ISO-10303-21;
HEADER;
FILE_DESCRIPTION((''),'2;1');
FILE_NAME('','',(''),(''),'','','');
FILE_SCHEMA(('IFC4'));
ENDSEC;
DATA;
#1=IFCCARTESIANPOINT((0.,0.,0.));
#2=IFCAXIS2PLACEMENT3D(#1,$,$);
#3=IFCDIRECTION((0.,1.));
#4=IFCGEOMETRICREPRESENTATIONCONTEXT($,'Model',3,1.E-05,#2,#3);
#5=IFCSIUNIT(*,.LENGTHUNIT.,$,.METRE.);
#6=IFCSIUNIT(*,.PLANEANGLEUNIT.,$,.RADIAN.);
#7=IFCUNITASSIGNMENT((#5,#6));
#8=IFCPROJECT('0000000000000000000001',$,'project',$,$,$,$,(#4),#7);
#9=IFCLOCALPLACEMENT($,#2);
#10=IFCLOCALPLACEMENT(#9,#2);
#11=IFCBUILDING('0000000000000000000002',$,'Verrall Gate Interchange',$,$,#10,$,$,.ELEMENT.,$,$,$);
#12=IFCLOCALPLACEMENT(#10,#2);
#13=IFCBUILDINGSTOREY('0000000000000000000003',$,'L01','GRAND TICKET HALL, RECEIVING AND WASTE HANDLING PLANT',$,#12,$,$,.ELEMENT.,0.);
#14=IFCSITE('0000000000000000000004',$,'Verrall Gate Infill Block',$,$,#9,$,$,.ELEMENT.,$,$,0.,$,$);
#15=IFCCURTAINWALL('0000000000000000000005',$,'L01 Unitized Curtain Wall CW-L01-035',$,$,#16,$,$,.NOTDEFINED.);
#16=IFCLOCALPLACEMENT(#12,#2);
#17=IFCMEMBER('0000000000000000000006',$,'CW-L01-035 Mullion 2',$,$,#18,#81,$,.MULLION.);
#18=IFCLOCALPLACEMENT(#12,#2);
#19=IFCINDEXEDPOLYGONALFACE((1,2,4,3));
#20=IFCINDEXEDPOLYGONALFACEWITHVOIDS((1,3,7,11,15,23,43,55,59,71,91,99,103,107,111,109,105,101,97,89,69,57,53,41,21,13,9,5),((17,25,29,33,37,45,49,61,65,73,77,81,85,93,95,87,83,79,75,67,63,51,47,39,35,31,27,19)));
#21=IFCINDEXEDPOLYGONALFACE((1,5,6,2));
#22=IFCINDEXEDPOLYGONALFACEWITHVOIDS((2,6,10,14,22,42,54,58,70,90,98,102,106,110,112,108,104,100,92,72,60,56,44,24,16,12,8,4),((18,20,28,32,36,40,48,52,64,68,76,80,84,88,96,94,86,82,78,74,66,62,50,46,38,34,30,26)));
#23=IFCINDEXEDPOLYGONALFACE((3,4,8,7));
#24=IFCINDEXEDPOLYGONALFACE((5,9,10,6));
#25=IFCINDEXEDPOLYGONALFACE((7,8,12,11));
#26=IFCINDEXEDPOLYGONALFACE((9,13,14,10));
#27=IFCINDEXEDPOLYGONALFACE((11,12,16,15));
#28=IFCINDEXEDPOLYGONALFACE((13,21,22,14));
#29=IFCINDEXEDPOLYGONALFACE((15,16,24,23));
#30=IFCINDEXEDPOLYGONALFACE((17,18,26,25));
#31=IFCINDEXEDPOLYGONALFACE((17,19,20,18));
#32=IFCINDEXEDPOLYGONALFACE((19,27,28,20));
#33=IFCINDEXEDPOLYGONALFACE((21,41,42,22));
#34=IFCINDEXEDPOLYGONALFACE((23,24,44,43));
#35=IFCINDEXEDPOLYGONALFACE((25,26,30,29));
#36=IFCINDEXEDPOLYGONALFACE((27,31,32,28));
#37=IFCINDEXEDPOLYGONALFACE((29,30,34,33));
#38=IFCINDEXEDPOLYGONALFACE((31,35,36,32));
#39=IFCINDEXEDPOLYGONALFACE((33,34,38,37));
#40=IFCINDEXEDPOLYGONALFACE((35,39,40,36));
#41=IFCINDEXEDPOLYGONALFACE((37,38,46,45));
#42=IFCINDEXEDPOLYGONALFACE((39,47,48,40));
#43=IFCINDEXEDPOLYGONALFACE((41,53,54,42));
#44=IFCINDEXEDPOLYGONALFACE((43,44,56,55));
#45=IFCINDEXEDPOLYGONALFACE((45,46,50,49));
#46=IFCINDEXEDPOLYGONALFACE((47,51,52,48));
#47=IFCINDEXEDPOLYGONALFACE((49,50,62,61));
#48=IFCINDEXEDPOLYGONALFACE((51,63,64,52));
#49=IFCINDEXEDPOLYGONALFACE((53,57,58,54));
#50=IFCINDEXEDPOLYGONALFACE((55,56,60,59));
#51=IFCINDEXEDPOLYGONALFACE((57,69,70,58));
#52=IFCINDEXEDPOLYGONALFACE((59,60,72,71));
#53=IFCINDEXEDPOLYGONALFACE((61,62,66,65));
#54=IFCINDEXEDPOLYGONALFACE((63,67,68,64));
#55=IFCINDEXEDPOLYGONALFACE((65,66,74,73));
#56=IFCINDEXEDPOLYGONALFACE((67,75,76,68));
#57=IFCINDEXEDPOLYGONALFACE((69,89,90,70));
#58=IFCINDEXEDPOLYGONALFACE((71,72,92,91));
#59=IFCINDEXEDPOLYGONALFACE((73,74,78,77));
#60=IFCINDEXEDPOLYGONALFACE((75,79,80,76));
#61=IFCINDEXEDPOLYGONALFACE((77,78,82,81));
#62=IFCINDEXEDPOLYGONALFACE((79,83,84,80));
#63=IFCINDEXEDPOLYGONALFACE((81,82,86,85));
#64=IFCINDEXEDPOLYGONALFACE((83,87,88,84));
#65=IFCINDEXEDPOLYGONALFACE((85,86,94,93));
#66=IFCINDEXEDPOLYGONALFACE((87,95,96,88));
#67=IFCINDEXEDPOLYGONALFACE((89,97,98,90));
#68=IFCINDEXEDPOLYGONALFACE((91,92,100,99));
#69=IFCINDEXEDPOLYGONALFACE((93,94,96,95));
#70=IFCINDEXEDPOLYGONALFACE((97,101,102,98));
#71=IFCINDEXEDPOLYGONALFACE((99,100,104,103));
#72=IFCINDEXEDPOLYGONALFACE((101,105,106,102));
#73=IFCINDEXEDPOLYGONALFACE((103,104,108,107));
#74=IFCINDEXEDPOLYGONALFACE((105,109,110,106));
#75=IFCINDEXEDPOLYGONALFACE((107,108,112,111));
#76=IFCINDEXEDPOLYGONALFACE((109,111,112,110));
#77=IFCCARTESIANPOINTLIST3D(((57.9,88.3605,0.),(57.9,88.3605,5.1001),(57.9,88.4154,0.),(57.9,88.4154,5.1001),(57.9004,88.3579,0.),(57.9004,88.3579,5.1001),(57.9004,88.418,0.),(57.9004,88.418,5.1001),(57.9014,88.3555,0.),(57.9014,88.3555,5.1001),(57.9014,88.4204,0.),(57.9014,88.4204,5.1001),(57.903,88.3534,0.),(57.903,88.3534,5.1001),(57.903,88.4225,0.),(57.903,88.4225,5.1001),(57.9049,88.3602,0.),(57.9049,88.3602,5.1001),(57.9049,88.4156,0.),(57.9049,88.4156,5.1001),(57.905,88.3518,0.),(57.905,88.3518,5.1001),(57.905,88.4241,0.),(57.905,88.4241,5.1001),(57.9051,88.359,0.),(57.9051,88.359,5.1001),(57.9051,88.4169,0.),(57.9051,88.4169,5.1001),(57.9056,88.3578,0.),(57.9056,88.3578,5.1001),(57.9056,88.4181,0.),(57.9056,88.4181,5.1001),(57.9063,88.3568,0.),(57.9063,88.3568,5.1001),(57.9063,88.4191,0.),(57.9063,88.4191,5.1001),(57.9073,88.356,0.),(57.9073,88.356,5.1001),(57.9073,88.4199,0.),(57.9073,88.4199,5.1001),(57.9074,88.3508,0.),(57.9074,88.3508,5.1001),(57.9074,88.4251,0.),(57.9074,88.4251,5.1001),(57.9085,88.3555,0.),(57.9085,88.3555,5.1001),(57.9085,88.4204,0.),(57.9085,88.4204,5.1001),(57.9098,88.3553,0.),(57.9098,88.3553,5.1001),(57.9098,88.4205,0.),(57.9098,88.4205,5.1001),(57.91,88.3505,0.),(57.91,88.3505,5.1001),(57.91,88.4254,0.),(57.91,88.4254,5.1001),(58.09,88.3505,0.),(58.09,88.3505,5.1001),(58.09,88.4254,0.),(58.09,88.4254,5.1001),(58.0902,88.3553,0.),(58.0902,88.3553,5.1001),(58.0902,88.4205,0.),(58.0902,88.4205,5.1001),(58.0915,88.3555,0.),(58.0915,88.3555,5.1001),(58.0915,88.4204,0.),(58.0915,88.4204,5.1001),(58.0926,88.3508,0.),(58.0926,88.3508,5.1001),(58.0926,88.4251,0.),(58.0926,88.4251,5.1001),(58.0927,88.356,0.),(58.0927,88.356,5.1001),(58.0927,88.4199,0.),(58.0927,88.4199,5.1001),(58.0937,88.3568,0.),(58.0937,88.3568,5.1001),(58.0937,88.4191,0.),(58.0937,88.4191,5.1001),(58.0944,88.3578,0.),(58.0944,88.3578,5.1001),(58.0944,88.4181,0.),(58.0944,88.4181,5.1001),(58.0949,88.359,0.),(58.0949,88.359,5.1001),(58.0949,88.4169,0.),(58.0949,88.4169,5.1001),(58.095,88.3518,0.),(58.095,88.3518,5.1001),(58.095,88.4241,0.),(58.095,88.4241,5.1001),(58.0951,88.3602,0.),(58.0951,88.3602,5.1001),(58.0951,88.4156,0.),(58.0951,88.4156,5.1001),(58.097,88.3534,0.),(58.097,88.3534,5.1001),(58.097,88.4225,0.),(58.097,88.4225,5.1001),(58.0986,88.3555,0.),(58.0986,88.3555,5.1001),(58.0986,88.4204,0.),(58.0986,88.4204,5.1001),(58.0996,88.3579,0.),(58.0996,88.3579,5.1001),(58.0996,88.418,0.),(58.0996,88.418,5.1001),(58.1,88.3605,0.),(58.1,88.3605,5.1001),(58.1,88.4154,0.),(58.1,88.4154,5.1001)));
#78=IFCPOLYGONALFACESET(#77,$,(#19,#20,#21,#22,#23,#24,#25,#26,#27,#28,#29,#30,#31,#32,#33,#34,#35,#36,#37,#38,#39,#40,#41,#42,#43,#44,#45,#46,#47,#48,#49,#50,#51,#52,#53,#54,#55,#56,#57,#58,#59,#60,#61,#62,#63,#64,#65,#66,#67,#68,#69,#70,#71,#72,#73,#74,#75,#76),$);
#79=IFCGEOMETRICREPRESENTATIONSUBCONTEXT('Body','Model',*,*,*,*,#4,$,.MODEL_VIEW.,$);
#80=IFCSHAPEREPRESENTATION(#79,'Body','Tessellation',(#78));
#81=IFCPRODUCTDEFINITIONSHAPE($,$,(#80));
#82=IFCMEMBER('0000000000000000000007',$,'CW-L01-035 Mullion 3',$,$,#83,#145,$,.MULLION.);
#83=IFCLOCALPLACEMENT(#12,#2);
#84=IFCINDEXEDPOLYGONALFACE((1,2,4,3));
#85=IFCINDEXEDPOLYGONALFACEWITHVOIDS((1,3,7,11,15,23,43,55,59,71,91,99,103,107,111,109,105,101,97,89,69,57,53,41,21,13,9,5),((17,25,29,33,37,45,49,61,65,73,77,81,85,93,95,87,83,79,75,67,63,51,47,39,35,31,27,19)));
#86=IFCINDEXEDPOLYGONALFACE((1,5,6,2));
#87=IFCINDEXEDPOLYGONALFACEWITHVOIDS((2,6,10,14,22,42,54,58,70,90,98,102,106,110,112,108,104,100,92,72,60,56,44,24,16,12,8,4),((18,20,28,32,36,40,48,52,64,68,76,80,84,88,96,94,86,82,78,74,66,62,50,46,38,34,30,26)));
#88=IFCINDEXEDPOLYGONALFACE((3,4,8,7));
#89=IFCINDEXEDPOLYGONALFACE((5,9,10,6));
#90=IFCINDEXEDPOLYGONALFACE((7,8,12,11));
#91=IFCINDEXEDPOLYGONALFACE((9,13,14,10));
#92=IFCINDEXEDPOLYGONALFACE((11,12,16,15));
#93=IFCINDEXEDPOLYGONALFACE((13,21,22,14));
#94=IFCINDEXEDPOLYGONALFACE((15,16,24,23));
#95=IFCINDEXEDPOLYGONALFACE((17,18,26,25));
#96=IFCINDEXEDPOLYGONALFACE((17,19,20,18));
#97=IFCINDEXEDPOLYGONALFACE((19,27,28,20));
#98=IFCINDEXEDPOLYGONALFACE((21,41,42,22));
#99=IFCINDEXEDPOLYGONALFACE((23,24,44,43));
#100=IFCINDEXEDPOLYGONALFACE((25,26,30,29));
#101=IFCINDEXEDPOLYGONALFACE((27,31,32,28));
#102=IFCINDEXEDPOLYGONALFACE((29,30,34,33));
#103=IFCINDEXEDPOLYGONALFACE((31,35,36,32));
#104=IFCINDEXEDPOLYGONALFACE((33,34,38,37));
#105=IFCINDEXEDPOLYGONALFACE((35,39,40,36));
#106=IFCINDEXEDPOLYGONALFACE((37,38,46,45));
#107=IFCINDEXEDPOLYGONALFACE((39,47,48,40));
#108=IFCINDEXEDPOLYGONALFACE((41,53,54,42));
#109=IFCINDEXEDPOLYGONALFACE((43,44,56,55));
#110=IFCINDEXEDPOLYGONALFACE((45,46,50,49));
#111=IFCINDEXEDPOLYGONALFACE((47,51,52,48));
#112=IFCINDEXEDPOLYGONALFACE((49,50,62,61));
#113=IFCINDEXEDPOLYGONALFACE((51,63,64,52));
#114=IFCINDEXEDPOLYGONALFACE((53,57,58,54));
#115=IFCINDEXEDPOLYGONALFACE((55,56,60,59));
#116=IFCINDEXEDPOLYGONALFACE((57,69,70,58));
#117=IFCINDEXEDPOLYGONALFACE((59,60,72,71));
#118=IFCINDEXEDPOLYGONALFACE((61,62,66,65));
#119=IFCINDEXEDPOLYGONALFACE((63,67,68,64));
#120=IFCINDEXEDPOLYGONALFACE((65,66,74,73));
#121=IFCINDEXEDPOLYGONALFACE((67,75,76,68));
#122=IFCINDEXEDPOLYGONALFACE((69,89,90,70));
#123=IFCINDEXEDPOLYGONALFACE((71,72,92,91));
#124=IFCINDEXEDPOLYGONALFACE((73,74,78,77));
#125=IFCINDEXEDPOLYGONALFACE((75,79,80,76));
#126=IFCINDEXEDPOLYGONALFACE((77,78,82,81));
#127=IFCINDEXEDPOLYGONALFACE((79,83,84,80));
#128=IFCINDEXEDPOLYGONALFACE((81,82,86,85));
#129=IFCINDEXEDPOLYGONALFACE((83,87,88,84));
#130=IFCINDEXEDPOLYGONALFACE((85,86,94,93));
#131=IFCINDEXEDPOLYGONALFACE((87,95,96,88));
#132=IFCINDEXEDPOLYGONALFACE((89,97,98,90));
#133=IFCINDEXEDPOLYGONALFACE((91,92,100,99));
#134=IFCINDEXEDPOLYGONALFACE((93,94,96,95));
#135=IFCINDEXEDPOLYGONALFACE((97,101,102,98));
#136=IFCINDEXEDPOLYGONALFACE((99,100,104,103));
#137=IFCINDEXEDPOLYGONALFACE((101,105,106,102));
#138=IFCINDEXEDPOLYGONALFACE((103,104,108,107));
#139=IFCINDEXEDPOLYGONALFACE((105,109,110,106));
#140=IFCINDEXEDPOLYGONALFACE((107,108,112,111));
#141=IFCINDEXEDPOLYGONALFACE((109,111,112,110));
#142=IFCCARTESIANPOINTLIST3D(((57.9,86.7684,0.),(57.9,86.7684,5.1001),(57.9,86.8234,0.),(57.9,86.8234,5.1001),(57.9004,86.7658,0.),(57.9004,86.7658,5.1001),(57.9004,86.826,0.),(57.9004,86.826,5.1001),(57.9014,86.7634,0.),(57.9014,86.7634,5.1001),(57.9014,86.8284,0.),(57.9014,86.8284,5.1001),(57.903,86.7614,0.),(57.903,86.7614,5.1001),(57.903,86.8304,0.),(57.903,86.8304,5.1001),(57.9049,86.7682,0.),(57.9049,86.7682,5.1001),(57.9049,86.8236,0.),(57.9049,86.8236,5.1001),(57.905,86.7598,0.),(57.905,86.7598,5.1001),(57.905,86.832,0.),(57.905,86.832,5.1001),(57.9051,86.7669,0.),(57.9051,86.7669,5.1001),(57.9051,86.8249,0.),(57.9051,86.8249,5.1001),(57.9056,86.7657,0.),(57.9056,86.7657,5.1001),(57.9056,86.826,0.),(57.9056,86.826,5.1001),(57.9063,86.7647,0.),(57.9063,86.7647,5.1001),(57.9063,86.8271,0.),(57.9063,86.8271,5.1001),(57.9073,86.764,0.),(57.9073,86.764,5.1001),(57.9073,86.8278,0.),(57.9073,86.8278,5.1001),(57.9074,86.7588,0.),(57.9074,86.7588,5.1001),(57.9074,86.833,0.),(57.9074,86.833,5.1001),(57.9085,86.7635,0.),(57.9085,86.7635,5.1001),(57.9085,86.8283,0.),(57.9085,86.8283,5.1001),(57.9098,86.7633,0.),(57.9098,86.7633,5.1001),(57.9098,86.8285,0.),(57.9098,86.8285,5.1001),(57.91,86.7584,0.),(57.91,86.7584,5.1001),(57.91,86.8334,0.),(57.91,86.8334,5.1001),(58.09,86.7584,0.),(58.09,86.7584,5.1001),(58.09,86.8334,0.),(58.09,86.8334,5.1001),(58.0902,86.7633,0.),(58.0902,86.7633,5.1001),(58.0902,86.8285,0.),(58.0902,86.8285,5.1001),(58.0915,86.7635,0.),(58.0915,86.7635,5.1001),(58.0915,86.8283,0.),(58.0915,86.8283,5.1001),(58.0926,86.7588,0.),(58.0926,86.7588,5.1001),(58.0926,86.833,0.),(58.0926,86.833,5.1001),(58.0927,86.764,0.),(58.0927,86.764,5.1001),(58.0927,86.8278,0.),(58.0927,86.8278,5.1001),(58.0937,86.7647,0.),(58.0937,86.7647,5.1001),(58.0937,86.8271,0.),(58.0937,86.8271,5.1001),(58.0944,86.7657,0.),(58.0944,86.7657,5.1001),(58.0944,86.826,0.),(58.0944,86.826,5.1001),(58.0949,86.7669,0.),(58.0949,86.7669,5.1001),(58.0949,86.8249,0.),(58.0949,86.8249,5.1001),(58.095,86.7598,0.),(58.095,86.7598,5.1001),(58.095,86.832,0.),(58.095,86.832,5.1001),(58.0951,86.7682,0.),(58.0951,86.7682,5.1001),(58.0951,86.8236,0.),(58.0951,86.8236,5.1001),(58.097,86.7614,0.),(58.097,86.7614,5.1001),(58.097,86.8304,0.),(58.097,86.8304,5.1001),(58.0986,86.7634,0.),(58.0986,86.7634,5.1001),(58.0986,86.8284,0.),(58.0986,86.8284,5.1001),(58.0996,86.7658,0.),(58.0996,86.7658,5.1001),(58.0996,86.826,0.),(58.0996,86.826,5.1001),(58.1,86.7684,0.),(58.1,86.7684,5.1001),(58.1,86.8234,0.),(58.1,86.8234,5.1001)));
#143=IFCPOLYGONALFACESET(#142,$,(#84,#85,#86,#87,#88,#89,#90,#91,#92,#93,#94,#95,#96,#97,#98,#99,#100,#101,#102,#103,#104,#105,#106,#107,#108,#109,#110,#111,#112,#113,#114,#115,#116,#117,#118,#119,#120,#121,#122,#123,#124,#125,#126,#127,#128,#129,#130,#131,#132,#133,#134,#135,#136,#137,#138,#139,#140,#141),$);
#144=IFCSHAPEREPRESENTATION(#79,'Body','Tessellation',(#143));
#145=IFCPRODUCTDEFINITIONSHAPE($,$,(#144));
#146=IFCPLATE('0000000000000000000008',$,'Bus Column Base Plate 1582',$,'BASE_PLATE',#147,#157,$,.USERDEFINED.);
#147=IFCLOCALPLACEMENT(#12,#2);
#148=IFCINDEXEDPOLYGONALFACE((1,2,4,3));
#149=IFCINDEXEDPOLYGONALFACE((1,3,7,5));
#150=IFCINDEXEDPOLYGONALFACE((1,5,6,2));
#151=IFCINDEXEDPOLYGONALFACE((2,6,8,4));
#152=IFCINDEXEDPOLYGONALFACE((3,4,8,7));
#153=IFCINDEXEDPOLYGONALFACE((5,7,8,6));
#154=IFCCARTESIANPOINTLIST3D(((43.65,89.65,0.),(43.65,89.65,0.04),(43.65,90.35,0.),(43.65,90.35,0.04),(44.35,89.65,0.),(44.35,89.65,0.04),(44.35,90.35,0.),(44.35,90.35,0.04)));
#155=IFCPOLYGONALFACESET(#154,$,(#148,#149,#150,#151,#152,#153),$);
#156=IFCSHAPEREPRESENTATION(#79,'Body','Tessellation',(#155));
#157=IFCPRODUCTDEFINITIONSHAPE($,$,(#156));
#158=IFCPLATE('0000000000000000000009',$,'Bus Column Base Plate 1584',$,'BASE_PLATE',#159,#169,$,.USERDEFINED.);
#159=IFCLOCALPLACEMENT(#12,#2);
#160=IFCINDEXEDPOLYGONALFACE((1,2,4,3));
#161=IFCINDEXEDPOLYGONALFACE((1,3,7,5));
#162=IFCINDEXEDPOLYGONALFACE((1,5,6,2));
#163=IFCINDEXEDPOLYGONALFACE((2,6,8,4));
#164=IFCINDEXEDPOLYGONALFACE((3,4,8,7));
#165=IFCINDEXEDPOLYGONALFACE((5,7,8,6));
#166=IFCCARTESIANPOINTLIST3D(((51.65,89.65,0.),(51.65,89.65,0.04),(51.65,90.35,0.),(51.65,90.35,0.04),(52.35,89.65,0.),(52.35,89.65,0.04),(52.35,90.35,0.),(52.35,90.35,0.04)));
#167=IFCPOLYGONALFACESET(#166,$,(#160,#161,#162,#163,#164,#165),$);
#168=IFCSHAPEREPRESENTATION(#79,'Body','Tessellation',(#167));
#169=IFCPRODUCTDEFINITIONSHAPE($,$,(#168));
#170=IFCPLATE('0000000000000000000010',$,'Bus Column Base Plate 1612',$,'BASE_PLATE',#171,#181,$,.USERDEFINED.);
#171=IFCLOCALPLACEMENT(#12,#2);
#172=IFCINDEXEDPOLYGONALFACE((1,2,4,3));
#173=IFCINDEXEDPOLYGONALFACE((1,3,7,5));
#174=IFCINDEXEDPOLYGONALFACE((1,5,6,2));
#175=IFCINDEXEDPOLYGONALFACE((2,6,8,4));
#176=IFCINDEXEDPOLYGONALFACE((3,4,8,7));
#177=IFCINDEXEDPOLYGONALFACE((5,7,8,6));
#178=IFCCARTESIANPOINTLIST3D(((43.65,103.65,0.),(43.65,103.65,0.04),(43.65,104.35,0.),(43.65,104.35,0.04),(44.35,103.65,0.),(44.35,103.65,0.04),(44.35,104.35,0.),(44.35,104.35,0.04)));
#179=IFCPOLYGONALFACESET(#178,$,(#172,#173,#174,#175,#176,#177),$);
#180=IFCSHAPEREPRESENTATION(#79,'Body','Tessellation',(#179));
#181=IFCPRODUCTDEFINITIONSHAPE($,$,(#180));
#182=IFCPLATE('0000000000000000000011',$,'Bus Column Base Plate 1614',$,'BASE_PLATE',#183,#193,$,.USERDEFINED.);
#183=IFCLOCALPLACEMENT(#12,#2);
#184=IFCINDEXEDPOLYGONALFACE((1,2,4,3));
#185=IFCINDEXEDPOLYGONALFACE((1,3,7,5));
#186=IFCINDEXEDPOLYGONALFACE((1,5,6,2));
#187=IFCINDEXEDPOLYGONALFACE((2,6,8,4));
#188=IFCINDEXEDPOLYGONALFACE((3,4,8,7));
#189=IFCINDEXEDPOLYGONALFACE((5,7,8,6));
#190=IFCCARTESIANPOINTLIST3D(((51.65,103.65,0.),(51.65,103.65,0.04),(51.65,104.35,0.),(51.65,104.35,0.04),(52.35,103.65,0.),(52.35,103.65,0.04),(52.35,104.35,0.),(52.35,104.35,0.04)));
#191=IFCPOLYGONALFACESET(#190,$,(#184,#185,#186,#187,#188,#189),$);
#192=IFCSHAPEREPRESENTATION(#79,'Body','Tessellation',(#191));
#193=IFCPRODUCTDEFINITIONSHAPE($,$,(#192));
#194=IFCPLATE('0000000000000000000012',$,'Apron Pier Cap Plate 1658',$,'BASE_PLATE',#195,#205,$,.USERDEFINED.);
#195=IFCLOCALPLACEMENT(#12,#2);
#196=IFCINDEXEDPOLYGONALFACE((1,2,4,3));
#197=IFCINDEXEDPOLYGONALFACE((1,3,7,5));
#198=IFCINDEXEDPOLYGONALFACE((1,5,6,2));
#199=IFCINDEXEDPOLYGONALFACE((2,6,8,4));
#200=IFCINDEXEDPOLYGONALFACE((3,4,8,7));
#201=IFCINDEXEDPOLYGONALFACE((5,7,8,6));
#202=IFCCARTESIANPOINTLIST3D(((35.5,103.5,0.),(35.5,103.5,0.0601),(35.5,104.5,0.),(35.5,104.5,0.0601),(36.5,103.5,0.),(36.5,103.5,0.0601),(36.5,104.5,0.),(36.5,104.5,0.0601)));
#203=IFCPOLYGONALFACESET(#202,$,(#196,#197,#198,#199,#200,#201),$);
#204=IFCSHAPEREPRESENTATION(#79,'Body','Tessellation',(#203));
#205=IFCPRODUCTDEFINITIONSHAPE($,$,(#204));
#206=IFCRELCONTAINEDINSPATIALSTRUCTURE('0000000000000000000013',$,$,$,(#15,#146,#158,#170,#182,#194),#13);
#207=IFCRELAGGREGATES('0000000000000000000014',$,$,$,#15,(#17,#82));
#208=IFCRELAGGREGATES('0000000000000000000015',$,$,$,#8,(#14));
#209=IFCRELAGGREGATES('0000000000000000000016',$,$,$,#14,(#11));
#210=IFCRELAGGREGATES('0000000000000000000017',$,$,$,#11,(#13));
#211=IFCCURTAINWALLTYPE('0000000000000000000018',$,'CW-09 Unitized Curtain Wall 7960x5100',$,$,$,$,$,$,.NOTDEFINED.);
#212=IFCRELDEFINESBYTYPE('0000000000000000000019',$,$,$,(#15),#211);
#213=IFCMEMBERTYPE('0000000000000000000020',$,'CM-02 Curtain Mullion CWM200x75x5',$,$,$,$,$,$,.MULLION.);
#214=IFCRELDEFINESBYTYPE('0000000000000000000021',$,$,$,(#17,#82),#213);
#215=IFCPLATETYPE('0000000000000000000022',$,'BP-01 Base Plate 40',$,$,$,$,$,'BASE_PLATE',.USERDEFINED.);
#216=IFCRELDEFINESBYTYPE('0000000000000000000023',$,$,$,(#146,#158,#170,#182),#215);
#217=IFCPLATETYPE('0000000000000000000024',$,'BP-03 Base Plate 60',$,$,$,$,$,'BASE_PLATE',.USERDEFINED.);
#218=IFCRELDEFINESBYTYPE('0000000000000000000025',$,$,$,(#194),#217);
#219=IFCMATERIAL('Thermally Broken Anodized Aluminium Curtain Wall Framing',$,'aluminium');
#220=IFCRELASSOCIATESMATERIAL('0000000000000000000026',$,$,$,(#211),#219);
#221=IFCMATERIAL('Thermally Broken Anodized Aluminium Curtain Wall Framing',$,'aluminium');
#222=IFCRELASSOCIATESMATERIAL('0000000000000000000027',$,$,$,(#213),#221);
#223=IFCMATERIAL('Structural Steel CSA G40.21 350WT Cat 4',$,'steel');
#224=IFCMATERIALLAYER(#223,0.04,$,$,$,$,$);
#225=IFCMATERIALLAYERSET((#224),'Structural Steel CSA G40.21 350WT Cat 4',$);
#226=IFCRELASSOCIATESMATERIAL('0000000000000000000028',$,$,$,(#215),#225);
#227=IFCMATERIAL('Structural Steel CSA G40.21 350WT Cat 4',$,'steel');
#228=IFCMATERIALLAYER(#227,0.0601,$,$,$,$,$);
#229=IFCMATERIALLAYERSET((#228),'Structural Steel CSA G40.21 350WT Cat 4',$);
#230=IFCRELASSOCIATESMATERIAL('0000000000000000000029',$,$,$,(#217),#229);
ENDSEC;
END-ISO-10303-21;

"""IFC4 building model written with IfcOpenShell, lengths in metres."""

from ifc_helpers import new_model, si_unit, direction, frame, origin, origin_2d, place, context, subcontext, project, spatial, rectangle, hollow_rectangle, extrude, material, layer, layer_set, material_profile, profile_set, type_object, element, aggregate, save


model = new_model("IFC4")

# Units and contexts
model_context = context("Model", 3, precision=1e-05, world=origin(), true_north=direction((0.0, 1.0)))
body_context = subcontext(model_context, "Body", "Model", "MODEL_VIEW")
ifc_project = project(units=[si_unit("LENGTHUNIT", "METRE"), si_unit("PLANEANGLEUNIT", "RADIAN")], contexts=[model_context])

# Site, building, storey
site_placement = place(None, origin())
site = spatial("IfcSite", under=ifc_project, at=site_placement, Name="Verrall Gate Infill Block", CompositionType="ELEMENT", RefElevation=0.0)
building_placement = place(site_placement, origin())
building = spatial("IfcBuilding", under=site, at=building_placement, Name="Verrall Gate Interchange", CompositionType="ELEMENT")
storey_placement = place(building_placement, origin())
storey = spatial("IfcBuildingStorey", under=building, at=storey_placement, Name="L01", Description="GRAND TICKET HALL, RECEIVING AND WASTE HANDLING PLANT", CompositionType="ELEMENT", Elevation=0.0)

# Curtain wall, members
ifc_material_1 = material(Name="Thermally Broken Anodized Aluminium Curtain Wall Framing", Category="aluminium")
curtain_wall_type = type_object("IfcCurtainWallType", Name="CW-09 Unitized Curtain Wall 7960x5100", PredefinedType="NOTDEFINED", material=ifc_material_1)
curtain_wall_placement = place(storey_placement, origin())
curtain_wall = element("IfcCurtainWall", 1, at=curtain_wall_placement, inside=storey, type_object=curtain_wall_type, Name="L01 Unitized Curtain Wall CW-L01-035", PredefinedType="NOTDEFINED")
ifc_material_2 = material(Name="Thermally Broken Anodized Aluminium Curtain Wall Framing", Category="aluminium")
ifc_material_profile_1 = material_profile(ifc_material_2, hollow_rectangle(XDim=0.075, YDim=0.2, WallThickness=0.0049, InnerFilletRadius=0.0049, OuterFilletRadius=0.01, at=origin_2d()), Name="CWM200x75x5")
ifc_profile_set_1 = profile_set([ifc_material_profile_1], Name="Thermally Broken Anodized Aluminium Curtain Wall Framing")
member_type = type_object("IfcMemberType", Name="CM-02 Curtain Mullion CWM200x75x5", PredefinedType="MULLION", material=ifc_profile_set_1)
member_1_placement = place(storey_placement, frame((58.0, 88.3879, 0.0), z_axis=(0.0, 0.0, 1.0), x_axis=(0.0, -1.0, 0.0)))
member_1 = element("IfcMember", 2, at=member_1_placement, type_object=member_type, Name="CW-L01-035 Mullion 2", PredefinedType="MULLION", context=body_context, shape_type="SweptSolid", body=[
    extrude(hollow_rectangle(XDim=0.075, YDim=0.2, WallThickness=0.0049, InnerFilletRadius=0.0049, OuterFilletRadius=0.01, at=origin_2d()), origin(), (0.0, 0.0, 1.0), 5.1001),
])
member_2_placement = place(storey_placement, frame((58.0, 86.7959, 0.0), z_axis=(0.0, 0.0, 1.0), x_axis=(0.0, -1.0, 0.0)))
member_2 = element("IfcMember", 3, at=member_2_placement, type_object=member_type, Name="CW-L01-035 Mullion 3", PredefinedType="MULLION", context=body_context, shape_type="SweptSolid", body=[
    extrude(hollow_rectangle(XDim=0.075, YDim=0.2, WallThickness=0.0049, InnerFilletRadius=0.0049, OuterFilletRadius=0.01, at=origin_2d()), origin(), (0.0, 0.0, 1.0), 5.1001),
])

# Plates
ifc_material_3 = material(Name="Structural Steel CSA G40.21 350WT Cat 4", Category="steel")
ifc_layer_1 = layer(ifc_material_3, 0.04)
ifc_layer_set_1 = layer_set([ifc_layer_1], Name="Structural Steel CSA G40.21 350WT Cat 4")
plate_type_1 = type_object("IfcPlateType", Name="BP-01 Base Plate 40", ElementType="BASE_PLATE", PredefinedType="USERDEFINED", material=ifc_layer_set_1)
for number, where, z_axis, x_axis, name in (
    (4, (44.0, 90.0, 0.0), (0.0, 0.0, 1.0), (1.0, 0.0, 0.0), "Bus Column Base Plate 1582"),
    (5, (52.0, 90.0, 0.0), (0.0, 0.0, 1.0), (1.0, 0.0, 0.0), "Bus Column Base Plate 1584"),
    (6, (44.0, 104.0, 0.0), (0.0, 0.0, 1.0), (1.0, 0.0, 0.0), "Bus Column Base Plate 1612"),
    (7, (52.0, 104.0, 0.0), (0.0, 0.0, 1.0), (1.0, 0.0, 0.0), "Bus Column Base Plate 1614"),
):
    element("IfcPlate", number, at=place(storey_placement, frame(where, z_axis=z_axis, x_axis=x_axis)), inside=storey, type_object=plate_type_1, Name=name, ObjectType="BASE_PLATE", PredefinedType="USERDEFINED", context=body_context, shape_type="SweptSolid", body=[
        extrude(rectangle(XDim=0.7, YDim=0.7, at=origin_2d()), origin(), (0.0, 0.0, 1.0), 0.04),
    ])
ifc_material_4 = material(Name="Structural Steel CSA G40.21 350WT Cat 4", Category="steel")
ifc_layer_2 = layer(ifc_material_4, 0.0601)
ifc_layer_set_2 = layer_set([ifc_layer_2], Name="Structural Steel CSA G40.21 350WT Cat 4")
plate_type_2 = type_object("IfcPlateType", Name="BP-03 Base Plate 60", ElementType="BASE_PLATE", PredefinedType="USERDEFINED", material=ifc_layer_set_2)
for number, where, z_axis, x_axis, name in (
    (8, (36.0, 104.0, 0.0), (0.0, 0.0, 1.0), (1.0, 0.0, 0.0), "Apron Pier Cap Plate 1658"),
):
    element("IfcPlate", number, at=place(storey_placement, frame(where, z_axis=z_axis, x_axis=x_axis)), inside=storey, type_object=plate_type_2, Name=name, ObjectType="BASE_PLATE", PredefinedType="USERDEFINED", context=body_context, shape_type="SweptSolid", body=[
        extrude(rectangle(XDim=1.0, YDim=1.0, at=origin_2d()), origin(), (0.0, 0.0, 1.0), 0.0601),
    ])

aggregate(curtain_wall, [member_1, member_2])

save(model, "model.ifc")
